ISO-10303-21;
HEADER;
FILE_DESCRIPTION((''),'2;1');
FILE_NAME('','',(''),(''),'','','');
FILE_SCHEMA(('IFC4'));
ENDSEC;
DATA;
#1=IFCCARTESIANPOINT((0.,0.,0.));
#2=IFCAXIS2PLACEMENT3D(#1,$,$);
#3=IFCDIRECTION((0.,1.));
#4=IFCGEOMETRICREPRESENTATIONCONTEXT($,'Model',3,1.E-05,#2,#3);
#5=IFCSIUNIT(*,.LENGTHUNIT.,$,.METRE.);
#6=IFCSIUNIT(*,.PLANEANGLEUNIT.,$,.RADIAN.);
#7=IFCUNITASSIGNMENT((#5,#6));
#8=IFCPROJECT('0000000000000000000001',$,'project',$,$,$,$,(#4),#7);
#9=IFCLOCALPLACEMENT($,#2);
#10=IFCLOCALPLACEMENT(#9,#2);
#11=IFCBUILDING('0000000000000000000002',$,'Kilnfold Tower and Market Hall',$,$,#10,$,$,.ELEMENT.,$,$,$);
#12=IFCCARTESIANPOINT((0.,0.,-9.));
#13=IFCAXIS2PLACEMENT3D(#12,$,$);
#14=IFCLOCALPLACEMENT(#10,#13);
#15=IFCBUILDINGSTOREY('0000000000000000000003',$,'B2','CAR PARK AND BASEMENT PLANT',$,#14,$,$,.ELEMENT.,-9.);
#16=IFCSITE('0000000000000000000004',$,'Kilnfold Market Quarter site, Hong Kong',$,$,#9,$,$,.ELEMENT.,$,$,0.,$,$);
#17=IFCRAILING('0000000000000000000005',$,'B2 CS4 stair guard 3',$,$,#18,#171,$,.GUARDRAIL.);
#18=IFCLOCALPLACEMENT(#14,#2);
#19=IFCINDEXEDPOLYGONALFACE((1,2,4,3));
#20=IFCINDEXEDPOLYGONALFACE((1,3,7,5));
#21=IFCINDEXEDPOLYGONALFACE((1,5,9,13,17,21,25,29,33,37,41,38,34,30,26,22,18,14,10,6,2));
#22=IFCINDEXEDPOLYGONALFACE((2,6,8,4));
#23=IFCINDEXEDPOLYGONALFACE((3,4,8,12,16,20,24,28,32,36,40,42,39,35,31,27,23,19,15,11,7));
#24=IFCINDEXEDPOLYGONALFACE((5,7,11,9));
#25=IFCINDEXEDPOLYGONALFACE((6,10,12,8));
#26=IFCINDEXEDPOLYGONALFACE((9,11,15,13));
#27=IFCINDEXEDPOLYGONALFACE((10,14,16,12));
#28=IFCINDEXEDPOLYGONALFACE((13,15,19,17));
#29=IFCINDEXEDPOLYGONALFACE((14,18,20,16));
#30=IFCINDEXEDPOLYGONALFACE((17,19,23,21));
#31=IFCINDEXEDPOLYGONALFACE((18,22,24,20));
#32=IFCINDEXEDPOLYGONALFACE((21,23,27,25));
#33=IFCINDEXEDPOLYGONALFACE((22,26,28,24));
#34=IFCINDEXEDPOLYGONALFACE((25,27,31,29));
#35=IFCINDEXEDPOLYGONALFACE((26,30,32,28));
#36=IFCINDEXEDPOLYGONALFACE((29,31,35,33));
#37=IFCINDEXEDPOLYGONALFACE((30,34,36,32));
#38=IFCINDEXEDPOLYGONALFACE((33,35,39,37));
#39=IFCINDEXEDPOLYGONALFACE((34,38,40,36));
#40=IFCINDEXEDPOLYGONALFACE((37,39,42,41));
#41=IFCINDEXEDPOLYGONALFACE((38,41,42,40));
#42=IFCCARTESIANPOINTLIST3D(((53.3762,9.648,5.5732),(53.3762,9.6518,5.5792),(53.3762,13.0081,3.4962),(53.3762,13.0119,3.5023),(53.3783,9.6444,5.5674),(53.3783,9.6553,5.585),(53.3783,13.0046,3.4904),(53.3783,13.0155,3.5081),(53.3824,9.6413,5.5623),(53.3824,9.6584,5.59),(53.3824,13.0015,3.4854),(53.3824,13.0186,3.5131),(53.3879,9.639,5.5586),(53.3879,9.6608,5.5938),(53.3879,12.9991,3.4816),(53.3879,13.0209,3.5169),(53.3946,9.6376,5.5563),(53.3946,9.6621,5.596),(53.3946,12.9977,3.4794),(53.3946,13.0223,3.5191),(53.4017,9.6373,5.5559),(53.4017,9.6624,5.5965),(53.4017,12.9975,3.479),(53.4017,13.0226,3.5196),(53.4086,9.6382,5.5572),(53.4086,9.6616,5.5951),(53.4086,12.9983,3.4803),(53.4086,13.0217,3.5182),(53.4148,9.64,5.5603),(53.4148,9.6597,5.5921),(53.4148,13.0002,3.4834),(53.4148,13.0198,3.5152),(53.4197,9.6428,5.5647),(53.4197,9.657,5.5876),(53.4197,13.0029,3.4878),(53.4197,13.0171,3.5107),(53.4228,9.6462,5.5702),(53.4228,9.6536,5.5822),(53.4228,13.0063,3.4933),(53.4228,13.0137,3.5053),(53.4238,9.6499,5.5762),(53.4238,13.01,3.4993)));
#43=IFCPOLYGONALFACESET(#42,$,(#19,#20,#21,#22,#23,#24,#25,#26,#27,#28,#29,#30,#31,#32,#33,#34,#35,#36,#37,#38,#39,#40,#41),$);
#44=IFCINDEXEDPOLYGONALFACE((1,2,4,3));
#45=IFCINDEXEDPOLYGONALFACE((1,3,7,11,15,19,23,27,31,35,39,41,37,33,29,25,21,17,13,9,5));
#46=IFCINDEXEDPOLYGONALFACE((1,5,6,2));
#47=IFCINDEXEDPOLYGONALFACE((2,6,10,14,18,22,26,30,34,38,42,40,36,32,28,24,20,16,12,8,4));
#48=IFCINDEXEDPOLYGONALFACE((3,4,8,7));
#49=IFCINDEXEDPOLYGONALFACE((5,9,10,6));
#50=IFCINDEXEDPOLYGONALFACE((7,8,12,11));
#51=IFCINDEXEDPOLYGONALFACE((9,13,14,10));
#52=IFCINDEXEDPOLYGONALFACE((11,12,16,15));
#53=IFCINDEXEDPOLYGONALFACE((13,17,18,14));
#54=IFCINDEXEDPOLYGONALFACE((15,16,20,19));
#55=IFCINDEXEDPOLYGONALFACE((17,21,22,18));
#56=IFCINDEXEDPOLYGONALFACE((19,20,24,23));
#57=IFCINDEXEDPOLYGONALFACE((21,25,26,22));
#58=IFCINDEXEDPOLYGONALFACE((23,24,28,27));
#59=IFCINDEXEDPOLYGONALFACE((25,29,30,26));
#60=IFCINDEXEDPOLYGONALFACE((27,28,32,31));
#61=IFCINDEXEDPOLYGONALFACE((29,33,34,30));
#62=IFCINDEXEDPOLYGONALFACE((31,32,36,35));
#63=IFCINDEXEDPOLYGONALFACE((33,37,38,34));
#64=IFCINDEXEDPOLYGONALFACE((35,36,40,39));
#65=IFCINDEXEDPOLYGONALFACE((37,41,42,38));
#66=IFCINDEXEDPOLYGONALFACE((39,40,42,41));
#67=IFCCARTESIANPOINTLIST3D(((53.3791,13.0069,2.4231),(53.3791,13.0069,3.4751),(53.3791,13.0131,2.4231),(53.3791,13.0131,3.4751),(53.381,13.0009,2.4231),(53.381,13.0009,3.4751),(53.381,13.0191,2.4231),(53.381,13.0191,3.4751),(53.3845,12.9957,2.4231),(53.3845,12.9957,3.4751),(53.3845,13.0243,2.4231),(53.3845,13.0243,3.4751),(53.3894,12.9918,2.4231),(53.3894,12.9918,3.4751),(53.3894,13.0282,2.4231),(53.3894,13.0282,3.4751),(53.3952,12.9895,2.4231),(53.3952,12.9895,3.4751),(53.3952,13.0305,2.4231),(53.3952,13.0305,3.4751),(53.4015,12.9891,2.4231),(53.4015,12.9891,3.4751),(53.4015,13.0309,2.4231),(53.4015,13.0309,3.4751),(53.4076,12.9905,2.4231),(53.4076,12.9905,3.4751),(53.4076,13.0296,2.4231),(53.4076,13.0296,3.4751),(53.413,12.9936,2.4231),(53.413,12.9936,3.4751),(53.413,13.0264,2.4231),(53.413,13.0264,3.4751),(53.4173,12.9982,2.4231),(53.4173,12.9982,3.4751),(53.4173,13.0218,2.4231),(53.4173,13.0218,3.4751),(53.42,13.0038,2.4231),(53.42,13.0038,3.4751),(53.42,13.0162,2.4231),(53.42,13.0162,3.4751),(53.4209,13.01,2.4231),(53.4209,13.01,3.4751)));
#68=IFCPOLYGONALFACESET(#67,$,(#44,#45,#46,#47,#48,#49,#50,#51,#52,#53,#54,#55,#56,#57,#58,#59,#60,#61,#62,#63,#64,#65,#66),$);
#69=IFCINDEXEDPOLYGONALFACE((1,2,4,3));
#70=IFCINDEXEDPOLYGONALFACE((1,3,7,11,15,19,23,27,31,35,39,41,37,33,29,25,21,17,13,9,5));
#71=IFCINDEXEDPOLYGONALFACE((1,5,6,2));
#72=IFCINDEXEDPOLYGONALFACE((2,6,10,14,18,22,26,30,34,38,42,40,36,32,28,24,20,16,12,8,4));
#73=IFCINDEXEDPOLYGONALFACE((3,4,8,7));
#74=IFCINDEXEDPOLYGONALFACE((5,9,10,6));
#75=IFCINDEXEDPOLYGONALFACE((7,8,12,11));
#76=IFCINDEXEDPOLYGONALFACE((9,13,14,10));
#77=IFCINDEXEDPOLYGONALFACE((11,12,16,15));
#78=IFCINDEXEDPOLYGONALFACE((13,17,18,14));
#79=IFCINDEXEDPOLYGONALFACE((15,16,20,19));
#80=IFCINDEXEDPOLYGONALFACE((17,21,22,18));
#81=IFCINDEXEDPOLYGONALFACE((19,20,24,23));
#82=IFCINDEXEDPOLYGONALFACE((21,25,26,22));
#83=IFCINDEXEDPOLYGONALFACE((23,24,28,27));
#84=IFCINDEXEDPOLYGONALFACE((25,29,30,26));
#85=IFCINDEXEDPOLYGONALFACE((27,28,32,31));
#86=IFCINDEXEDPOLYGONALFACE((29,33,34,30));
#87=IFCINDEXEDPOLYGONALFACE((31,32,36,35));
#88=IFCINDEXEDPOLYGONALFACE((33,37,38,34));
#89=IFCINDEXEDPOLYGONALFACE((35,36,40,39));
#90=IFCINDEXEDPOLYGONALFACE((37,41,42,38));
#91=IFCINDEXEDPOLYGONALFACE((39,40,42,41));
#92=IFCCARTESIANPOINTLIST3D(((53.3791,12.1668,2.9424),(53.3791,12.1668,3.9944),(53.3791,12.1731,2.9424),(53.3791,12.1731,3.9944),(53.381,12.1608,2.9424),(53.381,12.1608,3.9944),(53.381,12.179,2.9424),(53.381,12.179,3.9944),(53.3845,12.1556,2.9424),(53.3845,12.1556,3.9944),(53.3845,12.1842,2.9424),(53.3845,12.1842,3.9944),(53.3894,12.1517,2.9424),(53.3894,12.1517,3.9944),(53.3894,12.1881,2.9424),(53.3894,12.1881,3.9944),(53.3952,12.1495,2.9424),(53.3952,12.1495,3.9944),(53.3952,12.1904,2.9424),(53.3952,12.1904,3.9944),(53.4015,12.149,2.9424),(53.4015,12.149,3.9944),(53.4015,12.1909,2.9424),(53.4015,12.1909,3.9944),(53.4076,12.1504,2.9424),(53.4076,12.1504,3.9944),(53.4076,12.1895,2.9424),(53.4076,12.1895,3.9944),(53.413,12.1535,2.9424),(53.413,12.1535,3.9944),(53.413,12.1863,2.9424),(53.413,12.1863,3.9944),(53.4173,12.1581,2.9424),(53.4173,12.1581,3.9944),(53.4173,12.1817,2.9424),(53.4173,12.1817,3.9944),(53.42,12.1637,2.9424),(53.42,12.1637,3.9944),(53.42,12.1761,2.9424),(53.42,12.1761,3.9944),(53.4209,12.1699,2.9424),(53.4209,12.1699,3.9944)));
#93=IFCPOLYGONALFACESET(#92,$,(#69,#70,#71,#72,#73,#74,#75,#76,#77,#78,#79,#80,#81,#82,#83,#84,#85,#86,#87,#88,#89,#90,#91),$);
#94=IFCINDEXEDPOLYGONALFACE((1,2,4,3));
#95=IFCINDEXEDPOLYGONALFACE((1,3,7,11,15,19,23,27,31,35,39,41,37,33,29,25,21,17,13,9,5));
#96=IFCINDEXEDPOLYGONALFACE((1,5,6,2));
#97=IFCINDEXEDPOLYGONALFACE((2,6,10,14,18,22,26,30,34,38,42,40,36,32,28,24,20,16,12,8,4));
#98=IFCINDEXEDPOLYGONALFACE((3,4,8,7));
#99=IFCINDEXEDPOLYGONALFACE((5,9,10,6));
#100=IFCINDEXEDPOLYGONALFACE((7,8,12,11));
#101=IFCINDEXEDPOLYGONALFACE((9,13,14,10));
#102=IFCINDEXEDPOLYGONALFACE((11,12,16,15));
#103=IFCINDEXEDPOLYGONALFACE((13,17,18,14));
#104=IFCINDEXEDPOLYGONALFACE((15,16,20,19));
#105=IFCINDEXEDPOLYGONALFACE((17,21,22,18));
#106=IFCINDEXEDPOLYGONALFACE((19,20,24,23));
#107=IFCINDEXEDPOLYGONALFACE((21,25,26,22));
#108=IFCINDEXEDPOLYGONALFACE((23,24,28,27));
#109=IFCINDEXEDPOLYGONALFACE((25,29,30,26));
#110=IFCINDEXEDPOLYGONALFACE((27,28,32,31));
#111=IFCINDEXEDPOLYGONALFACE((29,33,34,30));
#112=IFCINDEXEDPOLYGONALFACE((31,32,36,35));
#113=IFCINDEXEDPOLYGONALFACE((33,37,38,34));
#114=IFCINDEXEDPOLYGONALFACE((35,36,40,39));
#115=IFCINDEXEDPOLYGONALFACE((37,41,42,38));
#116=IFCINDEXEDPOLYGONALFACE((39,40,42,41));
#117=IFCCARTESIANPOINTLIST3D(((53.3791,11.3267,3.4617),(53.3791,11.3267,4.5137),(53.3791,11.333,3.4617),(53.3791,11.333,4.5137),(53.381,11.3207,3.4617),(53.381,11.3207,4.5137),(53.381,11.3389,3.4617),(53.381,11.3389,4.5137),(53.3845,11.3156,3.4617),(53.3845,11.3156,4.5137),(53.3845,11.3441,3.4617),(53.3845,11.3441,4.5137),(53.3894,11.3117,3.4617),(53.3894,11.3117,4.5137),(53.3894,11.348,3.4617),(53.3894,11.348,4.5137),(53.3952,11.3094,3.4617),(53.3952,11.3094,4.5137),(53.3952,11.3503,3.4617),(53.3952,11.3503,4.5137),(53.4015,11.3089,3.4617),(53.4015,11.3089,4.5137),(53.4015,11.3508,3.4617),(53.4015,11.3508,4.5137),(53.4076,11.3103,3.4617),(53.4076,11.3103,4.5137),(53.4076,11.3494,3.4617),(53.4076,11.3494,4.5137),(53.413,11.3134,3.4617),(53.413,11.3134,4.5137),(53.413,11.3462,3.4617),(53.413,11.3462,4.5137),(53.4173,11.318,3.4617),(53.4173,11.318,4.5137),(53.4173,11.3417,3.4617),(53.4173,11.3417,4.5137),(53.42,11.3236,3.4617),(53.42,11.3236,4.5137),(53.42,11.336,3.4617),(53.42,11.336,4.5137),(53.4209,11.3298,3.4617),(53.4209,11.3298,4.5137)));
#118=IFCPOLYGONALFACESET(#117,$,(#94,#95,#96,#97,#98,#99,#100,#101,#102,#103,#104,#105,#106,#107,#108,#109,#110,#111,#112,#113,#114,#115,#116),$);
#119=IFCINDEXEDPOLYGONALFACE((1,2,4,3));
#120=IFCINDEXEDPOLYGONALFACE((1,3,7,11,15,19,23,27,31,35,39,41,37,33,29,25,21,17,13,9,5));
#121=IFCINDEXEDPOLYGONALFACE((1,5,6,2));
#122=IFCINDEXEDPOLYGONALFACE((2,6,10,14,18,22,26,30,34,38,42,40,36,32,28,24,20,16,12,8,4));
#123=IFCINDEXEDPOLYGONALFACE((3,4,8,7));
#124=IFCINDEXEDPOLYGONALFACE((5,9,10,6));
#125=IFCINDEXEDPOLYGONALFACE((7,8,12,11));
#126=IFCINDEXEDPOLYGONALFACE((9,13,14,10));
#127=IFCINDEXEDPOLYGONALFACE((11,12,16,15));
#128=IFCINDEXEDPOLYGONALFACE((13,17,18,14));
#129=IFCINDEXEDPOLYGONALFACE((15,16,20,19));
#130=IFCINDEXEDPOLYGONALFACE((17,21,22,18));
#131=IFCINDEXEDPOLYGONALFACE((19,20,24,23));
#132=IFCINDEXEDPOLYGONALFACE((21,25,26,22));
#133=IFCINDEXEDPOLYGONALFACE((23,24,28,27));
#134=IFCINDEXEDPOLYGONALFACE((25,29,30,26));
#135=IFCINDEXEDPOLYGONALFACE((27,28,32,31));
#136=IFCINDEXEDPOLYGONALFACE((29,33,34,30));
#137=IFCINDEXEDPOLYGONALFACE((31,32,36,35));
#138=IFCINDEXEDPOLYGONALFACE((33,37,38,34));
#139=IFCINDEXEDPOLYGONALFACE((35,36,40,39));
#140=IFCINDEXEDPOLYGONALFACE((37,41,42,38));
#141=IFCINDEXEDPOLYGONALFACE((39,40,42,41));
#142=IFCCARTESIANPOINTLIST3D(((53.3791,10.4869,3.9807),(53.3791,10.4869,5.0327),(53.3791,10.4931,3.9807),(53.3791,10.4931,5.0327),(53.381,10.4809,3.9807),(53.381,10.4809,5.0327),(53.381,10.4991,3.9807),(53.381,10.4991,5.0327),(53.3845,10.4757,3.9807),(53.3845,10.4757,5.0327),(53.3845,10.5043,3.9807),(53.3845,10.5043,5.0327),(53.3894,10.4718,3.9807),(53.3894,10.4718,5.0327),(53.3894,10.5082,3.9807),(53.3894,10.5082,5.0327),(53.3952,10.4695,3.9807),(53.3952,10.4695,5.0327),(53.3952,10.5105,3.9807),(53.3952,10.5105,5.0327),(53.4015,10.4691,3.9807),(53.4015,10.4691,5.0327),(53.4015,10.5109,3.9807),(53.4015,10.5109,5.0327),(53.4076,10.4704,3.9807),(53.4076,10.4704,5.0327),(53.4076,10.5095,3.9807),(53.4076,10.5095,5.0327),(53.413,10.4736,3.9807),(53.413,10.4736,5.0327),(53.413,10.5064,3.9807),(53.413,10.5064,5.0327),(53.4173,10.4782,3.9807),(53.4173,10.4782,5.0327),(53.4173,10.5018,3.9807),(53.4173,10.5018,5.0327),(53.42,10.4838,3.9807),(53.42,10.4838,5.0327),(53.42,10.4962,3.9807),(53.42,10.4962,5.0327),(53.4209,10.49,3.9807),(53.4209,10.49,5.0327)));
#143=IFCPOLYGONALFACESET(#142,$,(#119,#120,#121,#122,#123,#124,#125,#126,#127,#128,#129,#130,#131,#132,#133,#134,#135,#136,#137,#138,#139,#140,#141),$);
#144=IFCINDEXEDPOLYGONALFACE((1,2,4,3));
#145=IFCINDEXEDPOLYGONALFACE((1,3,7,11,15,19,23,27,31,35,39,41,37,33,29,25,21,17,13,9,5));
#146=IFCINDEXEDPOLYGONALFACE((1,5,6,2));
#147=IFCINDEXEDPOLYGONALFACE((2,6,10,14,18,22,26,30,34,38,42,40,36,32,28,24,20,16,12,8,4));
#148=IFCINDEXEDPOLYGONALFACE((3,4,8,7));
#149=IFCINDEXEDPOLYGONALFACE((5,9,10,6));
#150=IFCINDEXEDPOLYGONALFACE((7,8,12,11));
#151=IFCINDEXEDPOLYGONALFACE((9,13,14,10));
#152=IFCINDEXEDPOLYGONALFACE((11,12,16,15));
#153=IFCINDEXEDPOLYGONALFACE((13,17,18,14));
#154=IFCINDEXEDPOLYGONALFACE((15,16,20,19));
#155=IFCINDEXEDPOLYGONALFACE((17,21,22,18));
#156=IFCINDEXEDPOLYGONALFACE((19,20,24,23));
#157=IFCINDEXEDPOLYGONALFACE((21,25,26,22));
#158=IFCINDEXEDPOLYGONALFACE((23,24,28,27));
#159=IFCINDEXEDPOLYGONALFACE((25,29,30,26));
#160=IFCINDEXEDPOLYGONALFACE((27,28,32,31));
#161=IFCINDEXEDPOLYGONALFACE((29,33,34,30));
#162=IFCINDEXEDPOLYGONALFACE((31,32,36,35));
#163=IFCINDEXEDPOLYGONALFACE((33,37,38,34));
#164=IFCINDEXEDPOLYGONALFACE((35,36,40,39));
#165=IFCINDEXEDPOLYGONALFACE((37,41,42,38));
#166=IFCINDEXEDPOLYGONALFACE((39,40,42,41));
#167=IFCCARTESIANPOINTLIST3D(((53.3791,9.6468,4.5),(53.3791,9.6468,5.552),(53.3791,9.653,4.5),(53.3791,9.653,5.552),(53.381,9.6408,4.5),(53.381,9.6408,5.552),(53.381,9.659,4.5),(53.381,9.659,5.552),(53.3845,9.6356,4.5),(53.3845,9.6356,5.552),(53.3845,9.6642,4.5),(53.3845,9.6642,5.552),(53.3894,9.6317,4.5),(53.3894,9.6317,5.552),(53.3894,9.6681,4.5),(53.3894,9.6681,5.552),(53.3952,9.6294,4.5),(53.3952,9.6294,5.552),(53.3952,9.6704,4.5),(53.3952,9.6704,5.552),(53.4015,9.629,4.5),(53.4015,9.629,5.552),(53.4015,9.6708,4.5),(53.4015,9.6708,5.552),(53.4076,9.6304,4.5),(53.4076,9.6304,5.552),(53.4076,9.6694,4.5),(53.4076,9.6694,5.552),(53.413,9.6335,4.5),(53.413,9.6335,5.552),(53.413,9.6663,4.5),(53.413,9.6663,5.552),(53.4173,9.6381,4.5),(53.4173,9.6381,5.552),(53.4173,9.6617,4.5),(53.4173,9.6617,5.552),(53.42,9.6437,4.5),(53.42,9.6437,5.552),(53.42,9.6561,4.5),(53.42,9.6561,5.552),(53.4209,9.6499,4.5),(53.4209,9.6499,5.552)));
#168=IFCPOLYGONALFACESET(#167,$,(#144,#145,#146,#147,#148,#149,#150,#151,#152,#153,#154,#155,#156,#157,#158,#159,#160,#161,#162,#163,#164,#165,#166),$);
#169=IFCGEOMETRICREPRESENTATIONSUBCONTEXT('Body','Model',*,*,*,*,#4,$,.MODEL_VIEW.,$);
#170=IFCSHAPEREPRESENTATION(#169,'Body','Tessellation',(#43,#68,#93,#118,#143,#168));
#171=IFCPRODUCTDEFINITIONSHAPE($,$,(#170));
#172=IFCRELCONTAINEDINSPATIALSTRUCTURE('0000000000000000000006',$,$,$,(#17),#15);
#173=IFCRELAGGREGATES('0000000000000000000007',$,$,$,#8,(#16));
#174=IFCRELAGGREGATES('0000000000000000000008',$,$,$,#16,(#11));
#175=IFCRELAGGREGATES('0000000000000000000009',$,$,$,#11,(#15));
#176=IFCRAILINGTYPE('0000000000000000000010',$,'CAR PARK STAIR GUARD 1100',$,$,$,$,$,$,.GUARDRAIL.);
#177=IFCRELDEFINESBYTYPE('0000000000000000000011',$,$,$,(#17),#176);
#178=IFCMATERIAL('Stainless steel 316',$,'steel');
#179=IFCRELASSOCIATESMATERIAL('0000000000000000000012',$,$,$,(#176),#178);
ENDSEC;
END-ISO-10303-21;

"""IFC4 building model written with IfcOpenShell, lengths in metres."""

from ifc_helpers import new_model, si_unit, direction, frame, origin, origin_2d, place, context, subcontext, project, spatial, circle, extrude, material, type_object, element, save


model = new_model("IFC4")

# Units and contexts
model_context = context("Model", 3, precision=1e-05, world=origin(), true_north=direction((0.0, 1.0)))
body_context = subcontext(model_context, "Body", "Model", "MODEL_VIEW")
ifc_project = project(units=[si_unit("LENGTHUNIT", "METRE"), si_unit("PLANEANGLEUNIT", "RADIAN")], contexts=[model_context])

# Site, building, storey
site_placement = place(None, origin())
site = spatial("IfcSite", under=ifc_project, at=site_placement, Name="Kilnfold Market Quarter site, Hong Kong", CompositionType="ELEMENT", RefElevation=0.0)
building_placement = place(site_placement, origin())
building = spatial("IfcBuilding", under=site, at=building_placement, Name="Kilnfold Tower and Market Hall", CompositionType="ELEMENT")
storey_placement = place(building_placement, frame((0.0, 0.0, -9.0)))
storey = spatial("IfcBuildingStorey", under=building, at=storey_placement, Name="B2", Description="CAR PARK AND BASEMENT PLANT", CompositionType="ELEMENT", Elevation=-9.0)

# Railing
ifc_material_1 = material(Name="Stainless steel 316", Category="steel")
railing_type_1 = type_object("IfcRailingType", Name="CAR PARK STAIR GUARD 1100", PredefinedType="GUARDRAIL", material=ifc_material_1)
railing_1_placement = place(storey_placement, frame((53.3999, 13.01, 2.4231)))
element("IfcRailing", 1, at=railing_1_placement, inside=storey, type_object=railing_type_1, Name="B2 CS4 stair guard 3", PredefinedType="GUARDRAIL", context=body_context, shape_type="SweptSolid", body=[
    extrude(circle(Radius=0.0239, at=origin_2d()), frame((0.0, 0.0, 1.0762), z_axis=(0.0, -0.850623, 0.525776), x_axis=(1.0, 0.0, 0.0)), (0.0, 0.0, 1.0), 3.9502),
    extrude(circle(Radius=0.021, at=origin_2d()), origin(), (0.0, 0.0, 1.0), 1.052),
    extrude(circle(Radius=0.021, at=origin_2d()), frame((0.0, -0.8401, 0.5193)), (0.0, 0.0, 1.0), 1.052),
    extrude(circle(Radius=0.021, at=origin_2d()), frame((0.0, -1.6802, 1.0386)), (0.0, 0.0, 1.0), 1.052),
    extrude(circle(Radius=0.021, at=origin_2d()), frame((0.0, -2.52, 1.5576)), (0.0, 0.0, 1.0), 1.052),
    extrude(circle(Radius=0.021, at=origin_2d()), frame((0.0, -3.3601, 2.0769)), (0.0, 0.0, 1.0), 1.052),
])

save(model, "model.ifc")
